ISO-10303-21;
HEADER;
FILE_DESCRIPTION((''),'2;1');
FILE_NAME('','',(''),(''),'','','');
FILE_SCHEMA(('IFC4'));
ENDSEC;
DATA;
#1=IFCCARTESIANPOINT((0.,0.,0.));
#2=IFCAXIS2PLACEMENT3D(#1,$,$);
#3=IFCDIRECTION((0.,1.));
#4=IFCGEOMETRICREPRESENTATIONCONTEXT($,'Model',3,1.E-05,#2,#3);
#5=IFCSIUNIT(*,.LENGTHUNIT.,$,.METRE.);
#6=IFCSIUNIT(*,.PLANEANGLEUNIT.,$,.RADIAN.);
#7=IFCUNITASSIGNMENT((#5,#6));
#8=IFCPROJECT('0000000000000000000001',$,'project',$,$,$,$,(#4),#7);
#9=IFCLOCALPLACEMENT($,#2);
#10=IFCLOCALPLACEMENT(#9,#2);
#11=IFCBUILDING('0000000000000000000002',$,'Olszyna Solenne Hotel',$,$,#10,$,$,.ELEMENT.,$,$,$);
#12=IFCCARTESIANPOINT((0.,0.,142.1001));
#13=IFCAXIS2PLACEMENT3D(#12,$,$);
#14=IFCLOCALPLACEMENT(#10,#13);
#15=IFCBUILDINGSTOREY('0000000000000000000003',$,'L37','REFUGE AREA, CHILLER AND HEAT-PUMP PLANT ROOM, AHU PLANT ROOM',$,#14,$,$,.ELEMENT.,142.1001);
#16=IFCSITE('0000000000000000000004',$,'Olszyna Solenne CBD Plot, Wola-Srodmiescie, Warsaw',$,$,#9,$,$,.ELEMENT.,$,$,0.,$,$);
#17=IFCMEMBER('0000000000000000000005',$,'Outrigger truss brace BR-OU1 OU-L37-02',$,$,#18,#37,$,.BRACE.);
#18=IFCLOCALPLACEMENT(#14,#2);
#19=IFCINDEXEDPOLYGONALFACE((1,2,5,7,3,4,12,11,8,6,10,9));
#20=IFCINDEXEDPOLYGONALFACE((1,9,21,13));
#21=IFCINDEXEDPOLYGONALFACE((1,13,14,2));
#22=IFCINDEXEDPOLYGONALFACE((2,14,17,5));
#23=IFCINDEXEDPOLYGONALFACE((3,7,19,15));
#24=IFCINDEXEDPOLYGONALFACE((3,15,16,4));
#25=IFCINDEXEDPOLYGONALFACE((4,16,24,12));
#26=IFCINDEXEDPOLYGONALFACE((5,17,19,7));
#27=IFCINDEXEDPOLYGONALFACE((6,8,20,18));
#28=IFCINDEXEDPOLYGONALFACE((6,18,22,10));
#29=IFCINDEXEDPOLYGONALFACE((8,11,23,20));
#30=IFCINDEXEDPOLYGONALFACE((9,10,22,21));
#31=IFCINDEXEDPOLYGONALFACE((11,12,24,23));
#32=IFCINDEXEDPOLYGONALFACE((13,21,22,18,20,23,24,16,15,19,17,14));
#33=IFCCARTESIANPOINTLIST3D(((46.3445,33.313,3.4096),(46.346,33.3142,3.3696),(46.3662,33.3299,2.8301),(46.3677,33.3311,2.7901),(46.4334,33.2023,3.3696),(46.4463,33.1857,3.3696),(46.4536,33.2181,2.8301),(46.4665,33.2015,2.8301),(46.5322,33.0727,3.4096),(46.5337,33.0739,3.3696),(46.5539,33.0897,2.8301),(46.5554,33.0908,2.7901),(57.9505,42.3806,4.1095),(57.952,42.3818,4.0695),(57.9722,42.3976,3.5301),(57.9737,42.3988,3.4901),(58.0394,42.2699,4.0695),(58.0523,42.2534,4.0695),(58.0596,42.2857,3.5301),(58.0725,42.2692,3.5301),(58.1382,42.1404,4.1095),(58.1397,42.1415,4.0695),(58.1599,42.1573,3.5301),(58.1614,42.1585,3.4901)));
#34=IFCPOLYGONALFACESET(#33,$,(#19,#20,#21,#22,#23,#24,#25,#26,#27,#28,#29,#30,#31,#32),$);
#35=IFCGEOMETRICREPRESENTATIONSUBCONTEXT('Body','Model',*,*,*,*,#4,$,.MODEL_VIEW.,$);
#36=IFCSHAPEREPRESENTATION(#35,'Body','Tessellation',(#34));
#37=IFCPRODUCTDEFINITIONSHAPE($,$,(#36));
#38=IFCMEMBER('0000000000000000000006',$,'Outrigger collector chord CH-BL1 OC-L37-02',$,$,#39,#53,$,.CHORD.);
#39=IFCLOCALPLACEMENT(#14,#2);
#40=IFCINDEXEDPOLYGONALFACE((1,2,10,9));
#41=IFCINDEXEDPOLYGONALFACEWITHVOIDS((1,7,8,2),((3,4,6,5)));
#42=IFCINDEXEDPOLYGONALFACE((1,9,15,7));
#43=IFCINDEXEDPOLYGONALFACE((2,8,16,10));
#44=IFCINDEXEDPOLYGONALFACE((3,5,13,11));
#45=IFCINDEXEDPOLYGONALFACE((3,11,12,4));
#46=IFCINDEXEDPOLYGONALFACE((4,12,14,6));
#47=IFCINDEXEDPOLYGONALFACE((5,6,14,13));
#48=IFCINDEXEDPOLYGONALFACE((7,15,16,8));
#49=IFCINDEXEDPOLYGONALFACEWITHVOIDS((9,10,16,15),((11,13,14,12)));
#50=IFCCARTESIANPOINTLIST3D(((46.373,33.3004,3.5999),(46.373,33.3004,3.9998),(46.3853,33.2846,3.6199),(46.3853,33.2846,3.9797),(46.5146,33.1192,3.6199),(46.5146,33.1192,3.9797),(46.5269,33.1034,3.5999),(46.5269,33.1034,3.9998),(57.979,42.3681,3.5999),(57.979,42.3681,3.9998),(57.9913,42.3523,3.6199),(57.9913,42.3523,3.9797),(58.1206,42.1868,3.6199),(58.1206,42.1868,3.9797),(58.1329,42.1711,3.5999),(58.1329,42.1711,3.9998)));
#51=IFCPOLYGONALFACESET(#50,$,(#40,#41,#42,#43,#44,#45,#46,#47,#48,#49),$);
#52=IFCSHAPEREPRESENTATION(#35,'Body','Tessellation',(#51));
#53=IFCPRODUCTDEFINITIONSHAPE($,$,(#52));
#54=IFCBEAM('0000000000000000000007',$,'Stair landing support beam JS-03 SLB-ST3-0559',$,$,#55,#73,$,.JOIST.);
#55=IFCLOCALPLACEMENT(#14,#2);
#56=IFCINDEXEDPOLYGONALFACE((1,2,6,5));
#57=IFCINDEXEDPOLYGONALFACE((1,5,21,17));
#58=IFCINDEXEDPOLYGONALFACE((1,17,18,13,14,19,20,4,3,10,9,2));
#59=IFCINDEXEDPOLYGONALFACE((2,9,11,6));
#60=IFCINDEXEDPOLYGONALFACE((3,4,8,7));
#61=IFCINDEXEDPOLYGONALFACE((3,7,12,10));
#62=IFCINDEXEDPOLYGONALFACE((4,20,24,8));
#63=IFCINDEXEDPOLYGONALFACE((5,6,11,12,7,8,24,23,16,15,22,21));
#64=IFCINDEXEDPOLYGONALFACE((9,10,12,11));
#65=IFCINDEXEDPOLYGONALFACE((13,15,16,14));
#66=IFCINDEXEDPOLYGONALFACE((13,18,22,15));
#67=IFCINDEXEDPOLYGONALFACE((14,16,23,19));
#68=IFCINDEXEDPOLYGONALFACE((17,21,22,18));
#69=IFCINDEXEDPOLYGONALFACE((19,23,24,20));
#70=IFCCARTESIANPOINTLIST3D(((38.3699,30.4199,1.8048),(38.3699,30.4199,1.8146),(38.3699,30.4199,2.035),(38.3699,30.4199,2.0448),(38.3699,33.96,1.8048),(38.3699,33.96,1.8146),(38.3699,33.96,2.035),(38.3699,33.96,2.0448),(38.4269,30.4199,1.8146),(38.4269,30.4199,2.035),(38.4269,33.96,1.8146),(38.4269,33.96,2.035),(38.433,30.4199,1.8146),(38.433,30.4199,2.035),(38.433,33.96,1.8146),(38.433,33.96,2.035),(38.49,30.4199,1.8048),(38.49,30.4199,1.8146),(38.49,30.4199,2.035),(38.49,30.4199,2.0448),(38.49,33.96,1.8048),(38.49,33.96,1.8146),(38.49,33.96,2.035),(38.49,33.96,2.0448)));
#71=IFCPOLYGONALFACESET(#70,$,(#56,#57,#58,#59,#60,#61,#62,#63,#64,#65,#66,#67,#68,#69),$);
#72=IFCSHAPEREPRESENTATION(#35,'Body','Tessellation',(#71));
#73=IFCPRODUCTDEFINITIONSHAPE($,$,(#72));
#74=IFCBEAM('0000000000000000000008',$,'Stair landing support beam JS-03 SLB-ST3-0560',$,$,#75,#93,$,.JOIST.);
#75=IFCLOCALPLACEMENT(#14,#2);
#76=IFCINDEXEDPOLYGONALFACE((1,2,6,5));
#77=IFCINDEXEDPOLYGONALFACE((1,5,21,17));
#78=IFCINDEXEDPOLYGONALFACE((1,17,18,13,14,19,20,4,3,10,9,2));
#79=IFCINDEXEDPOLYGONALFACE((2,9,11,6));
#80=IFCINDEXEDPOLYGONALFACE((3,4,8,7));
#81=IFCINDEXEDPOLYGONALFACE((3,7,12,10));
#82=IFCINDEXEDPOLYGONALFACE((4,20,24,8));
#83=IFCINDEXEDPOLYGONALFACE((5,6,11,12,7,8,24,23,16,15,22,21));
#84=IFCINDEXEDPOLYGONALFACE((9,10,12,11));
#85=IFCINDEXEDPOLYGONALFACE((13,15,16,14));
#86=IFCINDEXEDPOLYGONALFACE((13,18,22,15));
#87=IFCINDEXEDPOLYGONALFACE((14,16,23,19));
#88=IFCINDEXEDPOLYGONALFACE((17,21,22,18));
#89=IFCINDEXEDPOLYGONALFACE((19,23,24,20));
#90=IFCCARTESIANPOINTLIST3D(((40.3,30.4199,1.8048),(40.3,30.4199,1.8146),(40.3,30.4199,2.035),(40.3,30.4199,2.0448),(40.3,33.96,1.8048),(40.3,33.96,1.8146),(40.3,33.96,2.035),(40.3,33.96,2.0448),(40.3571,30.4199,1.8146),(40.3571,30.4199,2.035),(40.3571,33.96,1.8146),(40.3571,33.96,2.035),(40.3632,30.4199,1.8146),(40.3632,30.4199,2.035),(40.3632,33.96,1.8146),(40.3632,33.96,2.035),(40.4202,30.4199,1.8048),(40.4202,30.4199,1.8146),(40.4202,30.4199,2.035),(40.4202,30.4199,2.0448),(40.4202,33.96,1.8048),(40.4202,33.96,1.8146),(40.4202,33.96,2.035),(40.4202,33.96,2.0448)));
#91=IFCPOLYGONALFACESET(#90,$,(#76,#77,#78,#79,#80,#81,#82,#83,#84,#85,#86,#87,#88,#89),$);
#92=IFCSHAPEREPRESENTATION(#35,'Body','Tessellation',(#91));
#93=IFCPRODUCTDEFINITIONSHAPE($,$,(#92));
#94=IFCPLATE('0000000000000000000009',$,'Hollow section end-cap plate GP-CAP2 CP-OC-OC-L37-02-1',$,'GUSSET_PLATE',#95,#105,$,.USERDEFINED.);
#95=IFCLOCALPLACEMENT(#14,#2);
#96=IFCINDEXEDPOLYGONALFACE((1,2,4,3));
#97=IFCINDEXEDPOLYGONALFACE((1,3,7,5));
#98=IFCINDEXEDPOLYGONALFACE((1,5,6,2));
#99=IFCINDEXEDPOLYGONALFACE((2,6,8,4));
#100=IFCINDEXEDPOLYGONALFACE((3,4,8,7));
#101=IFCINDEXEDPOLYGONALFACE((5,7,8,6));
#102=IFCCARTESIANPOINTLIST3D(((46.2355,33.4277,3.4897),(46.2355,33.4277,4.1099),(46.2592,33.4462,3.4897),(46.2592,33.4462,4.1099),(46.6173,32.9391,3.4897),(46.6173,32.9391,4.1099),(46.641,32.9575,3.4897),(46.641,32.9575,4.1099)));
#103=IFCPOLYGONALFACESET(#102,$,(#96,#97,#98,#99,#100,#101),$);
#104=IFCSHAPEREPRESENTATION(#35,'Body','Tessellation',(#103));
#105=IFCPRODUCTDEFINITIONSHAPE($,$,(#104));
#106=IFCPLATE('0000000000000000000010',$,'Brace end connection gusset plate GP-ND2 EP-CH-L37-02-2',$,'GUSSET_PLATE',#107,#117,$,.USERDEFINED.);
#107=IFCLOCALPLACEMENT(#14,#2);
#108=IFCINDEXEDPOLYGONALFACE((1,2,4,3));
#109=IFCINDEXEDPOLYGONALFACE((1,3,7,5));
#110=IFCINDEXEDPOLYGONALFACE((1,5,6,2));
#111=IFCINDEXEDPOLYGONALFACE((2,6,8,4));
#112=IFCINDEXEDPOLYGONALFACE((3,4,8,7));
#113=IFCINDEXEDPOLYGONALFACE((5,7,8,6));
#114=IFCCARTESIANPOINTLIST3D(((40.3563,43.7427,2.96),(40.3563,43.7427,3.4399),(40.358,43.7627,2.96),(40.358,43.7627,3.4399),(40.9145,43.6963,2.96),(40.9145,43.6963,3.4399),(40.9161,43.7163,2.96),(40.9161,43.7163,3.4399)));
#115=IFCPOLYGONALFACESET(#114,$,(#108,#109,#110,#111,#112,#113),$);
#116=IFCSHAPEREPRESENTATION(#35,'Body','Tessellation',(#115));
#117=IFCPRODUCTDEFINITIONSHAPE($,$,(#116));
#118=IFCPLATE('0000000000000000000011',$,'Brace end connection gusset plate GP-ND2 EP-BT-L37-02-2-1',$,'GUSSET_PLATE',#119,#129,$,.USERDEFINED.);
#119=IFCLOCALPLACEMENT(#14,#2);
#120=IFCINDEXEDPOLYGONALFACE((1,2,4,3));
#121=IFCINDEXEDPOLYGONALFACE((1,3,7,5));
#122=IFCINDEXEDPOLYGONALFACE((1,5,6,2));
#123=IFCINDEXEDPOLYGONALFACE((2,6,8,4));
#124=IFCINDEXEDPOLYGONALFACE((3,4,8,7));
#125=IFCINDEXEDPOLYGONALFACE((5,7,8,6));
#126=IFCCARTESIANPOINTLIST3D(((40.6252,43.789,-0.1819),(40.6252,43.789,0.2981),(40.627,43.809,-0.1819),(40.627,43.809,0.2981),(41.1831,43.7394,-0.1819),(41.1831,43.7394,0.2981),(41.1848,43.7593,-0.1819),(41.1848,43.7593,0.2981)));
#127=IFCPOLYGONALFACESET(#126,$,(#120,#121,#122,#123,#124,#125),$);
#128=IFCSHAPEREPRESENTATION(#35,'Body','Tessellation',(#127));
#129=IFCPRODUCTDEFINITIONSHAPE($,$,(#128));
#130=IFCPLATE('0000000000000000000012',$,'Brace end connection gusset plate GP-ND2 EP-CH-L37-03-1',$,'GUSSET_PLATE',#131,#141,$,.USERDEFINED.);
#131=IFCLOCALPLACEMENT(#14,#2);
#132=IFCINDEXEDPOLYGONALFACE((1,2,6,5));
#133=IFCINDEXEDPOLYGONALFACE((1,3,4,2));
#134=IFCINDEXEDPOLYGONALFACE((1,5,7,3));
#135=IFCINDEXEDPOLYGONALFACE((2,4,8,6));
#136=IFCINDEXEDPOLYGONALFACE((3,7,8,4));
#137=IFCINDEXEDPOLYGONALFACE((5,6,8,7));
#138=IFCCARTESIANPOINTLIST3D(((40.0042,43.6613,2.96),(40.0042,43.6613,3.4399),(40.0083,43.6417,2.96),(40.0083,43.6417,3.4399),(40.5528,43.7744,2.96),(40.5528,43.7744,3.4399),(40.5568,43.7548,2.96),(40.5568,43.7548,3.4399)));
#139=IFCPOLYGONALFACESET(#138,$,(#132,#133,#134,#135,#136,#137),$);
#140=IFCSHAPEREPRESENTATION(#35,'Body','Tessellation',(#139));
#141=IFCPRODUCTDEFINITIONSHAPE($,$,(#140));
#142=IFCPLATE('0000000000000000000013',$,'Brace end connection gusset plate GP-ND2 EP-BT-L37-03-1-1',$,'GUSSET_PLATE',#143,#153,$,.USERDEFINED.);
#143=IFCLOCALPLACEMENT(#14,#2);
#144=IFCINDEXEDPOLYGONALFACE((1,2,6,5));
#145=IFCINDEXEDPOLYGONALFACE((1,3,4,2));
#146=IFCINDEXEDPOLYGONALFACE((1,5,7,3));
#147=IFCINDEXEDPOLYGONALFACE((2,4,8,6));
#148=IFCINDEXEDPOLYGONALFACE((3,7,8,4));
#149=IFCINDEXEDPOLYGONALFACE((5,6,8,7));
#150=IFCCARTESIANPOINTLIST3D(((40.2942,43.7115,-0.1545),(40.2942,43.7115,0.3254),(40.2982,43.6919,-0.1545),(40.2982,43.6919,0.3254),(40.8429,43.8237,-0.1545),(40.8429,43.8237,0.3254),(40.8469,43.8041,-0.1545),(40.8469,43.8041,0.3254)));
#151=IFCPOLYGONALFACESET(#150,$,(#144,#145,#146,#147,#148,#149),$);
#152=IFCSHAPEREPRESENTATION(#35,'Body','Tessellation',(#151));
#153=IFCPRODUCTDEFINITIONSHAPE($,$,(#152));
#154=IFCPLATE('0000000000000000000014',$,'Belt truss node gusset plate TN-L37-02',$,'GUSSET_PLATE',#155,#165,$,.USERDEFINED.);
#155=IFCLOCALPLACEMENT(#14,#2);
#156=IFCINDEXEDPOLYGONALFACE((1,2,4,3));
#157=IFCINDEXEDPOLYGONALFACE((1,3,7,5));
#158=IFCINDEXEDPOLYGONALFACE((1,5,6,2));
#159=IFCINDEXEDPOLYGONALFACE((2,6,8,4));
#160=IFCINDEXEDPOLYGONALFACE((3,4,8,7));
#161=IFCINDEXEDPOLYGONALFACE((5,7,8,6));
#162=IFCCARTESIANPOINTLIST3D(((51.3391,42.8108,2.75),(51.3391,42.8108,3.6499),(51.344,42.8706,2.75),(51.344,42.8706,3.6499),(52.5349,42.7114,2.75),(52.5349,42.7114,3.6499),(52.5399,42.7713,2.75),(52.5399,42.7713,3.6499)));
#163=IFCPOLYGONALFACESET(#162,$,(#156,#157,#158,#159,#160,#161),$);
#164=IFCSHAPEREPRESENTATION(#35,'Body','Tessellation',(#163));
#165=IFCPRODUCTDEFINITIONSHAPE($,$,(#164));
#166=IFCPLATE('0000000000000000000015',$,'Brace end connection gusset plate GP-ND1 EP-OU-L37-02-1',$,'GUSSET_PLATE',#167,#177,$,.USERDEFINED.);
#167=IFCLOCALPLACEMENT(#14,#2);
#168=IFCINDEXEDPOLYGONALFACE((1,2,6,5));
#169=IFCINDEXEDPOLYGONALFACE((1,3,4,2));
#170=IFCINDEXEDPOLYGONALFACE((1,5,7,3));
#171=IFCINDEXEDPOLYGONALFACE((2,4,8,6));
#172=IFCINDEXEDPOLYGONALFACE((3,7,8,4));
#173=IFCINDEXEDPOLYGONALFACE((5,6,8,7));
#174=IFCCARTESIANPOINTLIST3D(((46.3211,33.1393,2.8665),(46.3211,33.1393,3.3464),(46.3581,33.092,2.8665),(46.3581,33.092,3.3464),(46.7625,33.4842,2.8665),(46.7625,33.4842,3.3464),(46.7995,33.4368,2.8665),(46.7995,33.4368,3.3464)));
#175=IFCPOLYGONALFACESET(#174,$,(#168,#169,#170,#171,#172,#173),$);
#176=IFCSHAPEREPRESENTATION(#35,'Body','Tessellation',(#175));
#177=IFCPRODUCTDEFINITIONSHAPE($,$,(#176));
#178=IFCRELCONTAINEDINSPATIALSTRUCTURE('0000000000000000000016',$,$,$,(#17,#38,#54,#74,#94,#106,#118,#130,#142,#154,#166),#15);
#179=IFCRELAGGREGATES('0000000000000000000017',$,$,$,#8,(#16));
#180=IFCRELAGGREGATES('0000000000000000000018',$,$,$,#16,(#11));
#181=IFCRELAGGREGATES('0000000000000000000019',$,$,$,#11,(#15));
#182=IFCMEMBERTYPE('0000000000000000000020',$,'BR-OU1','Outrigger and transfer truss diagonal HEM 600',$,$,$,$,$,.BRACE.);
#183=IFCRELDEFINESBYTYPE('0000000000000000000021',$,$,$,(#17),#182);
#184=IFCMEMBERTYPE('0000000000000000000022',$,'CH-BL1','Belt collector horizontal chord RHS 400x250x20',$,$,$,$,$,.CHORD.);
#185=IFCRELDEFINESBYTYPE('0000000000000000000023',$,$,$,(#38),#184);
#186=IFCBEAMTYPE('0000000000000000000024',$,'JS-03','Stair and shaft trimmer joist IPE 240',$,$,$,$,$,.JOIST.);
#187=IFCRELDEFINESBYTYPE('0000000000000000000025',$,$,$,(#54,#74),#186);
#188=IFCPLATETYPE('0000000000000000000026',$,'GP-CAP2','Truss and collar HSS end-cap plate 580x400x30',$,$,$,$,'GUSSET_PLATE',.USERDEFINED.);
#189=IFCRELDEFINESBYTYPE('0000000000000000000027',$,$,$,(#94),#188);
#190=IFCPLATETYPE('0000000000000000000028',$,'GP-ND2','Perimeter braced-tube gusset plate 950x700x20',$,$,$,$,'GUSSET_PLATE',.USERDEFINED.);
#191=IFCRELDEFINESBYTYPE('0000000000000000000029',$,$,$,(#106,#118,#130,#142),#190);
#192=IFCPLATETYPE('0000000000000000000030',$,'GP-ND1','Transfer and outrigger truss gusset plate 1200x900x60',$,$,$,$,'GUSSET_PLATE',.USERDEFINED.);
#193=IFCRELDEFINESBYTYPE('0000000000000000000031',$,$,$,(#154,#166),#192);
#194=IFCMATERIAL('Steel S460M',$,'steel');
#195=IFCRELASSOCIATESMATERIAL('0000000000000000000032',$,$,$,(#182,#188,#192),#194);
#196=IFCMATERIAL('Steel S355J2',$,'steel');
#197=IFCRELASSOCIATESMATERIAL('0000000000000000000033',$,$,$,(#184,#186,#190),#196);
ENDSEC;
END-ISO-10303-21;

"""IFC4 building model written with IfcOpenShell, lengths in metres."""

from ifc_helpers import new_model, si_unit, direction, frame, origin, origin_2d, place, context, subcontext, project, spatial, rectangle, hollow_rectangle, i_section, extrude, source, transform, mapped, material, material_profile, profile_set, type_object, element, save


model = new_model("IFC4")

# Units and contexts
model_context = context("Model", 3, precision=1e-05, world=origin(), true_north=direction((0.0, 1.0)))
body_context = subcontext(model_context, "Body", "Model", "MODEL_VIEW")
ifc_project = project(units=[si_unit("LENGTHUNIT", "METRE"), si_unit("PLANEANGLEUNIT", "RADIAN")], contexts=[model_context])

# Site, building, storey
site_placement = place(None, origin())
site = spatial("IfcSite", under=ifc_project, at=site_placement, Name="Olszyna Solenne CBD Plot, Wola-Srodmiescie, Warsaw", CompositionType="ELEMENT", RefElevation=0.0)
building_placement = place(site_placement, origin())
building = spatial("IfcBuilding", under=site, at=building_placement, Name="Olszyna Solenne Hotel", CompositionType="ELEMENT")
storey_placement = place(building_placement, frame((0.0, 0.0, 142.1001)))
storey = spatial("IfcBuildingStorey", under=building, at=storey_placement, Name="L37", Description="REFUGE AREA, CHILLER AND HEAT-PUMP PLANT ROOM, AHU PLANT ROOM", CompositionType="ELEMENT", Elevation=142.1001)

# Shared definitions
ifc_material_1 = material(Name="Steel S460M", Category="steel")

# Shared definitions
ifc_material_2 = material(Name="Steel S355J2", Category="steel")

# Members
ifc_material_profile_1 = material_profile(ifc_material_1, i_section(OverallWidth=0.3049, OverallDepth=0.6201, WebThickness=0.021, FlangeThickness=0.04, at=origin_2d()), Name="HEM 600", Category="load-bearing")
ifc_profile_set_1 = profile_set([ifc_material_profile_1], Name="Steel S460M")
member_type_1 = type_object("IfcMemberType", Name="BR-OU1", Description="Outrigger and transfer truss diagonal HEM 600", PredefinedType="BRACE", material=ifc_profile_set_1)
shared_shape_1 = source(origin(), body_context, "Body", "SweptSolid", [
    extrude(i_section(OverallWidth=0.3049, OverallDepth=0.6201, WebThickness=0.021, FlangeThickness=0.04, at=origin_2d()), origin(), (0.0, 0.0, 1.0), 14.7449),
])
member_1_placement = place(storey_placement, frame((46.45, 33.2019, 3.0999), z_axis=(0.78712, 0.61497, 0.047471), x_axis=(-0.615664, 0.788009, 0.0)))
element("IfcMember", 1, at=member_1_placement, inside=storey, type_object=member_type_1, Name="Outrigger truss brace BR-OU1 OU-L37-02", PredefinedType="BRACE", context=body_context, shape_type="MappedRepresentation", body=[
    mapped(shared_shape_1, transform((0.0, 0.0, 0.0), x_axis=(1.0, 0.0, 0.0), y_axis=(0.0, 1.0, 0.0), z_axis=(0.0, 0.0, 1.0), scale=1.0)),
])
ifc_material_profile_2 = material_profile(ifc_material_2, hollow_rectangle(XDim=0.25, YDim=0.3999, WallThickness=0.02, at=origin_2d()), Name="RHS 400x250x20", Category="load-bearing")
ifc_profile_set_2 = profile_set([ifc_material_profile_2], Name="Steel S355J2")
member_type_2 = type_object("IfcMemberType", Name="CH-BL1", Description="Belt collector horizontal chord RHS 400x250x20", PredefinedType="CHORD", material=ifc_profile_set_2)
shared_shape_2 = source(origin(), body_context, "Body", "SweptSolid", [
    extrude(hollow_rectangle(XDim=0.25, YDim=0.3999, WallThickness=0.02, at=origin_2d()), origin(), (0.0, 0.0, 1.0), 14.7283),
])
member_2_placement = place(storey_placement, frame((46.45, 33.2019, 3.7998), z_axis=(0.788009, 0.615664, 0.0), x_axis=(-0.615664, 0.788009, 0.0)))
element("IfcMember", 2, at=member_2_placement, inside=storey, type_object=member_type_2, Name="Outrigger collector chord CH-BL1 OC-L37-02", PredefinedType="CHORD", context=body_context, shape_type="MappedRepresentation", body=[
    mapped(shared_shape_2, transform((0.0, 0.0, 0.0), x_axis=(1.0, 0.0, 0.0), y_axis=(0.0, 1.0, 0.0), z_axis=(0.0, 0.0, 1.0), scale=1.0)),
])

# Beams
ifc_material_profile_3 = material_profile(ifc_material_2, i_section(OverallWidth=0.1201, OverallDepth=0.24, WebThickness=0.0061, FlangeThickness=0.0098, at=origin_2d()), Name="IPE 240", Category="load-bearing")
ifc_profile_set_3 = profile_set([ifc_material_profile_3], Name="Steel S355J2")
beam_type_1 = type_object("IfcBeamType", Name="JS-03", Description="Stair and shaft trimmer joist IPE 240", PredefinedType="JOIST", material=ifc_profile_set_3)
shared_shape_3 = source(origin(), body_context, "Body", "SweptSolid", [
    extrude(i_section(OverallWidth=0.1201, OverallDepth=0.24, WebThickness=0.0061, FlangeThickness=0.0098, at=origin_2d()), origin(), (0.0, 0.0, 1.0), 3.54),
])
for number, where, z_axis, x_axis, name in (
    (3, (38.4299, 30.4199, 1.9248), (0.0, 1.0, 0.0), (-1.0, 0.0, 0.0), "Stair landing support beam JS-03 SLB-ST3-0559"),
    (4, (40.3601, 30.4199, 1.9248), (0.0, 1.0, 0.0), (-1.0, 0.0, 0.0), "Stair landing support beam JS-03 SLB-ST3-0560"),
):
    element("IfcBeam", number, at=place(storey_placement, frame(where, z_axis=z_axis, x_axis=x_axis)), inside=storey, type_object=beam_type_1, Name=name, PredefinedType="JOIST", context=body_context, shape_type="MappedRepresentation", body=[
        mapped(shared_shape_3, transform((0.0, 0.0, 0.0), x_axis=(1.0, 0.0, 0.0), y_axis=(0.0, 1.0, 0.0), z_axis=(0.0, 0.0, 1.0), scale=1.0)),
    ])

# Plates
plate_type_1 = type_object("IfcPlateType", Name="GP-CAP2", Description="Truss and collar HSS end-cap plate 580x400x30", ElementType="GUSSET_PLATE", PredefinedType="USERDEFINED", material=ifc_material_1)
shared_shape_4 = source(origin(), body_context, "Body", "SweptSolid", [
    extrude(rectangle(XDim=0.03, YDim=0.6201, at=origin_2d()), origin(), (0.0, 0.0, 1.0), 0.6201),
])
plate_1_placement = place(storey_placement, frame((46.4382, 33.1926, 3.4897), z_axis=(0.0, 0.0, 1.0), x_axis=(0.788011, 0.615661, 0.0)))
element("IfcPlate", 5, at=plate_1_placement, inside=storey, type_object=plate_type_1, Name="Hollow section end-cap plate GP-CAP2 CP-OC-OC-L37-02-1", ObjectType="GUSSET_PLATE", PredefinedType="USERDEFINED", context=body_context, shape_type="MappedRepresentation", body=[
    mapped(shared_shape_4, transform((0.0, 0.0, 0.0), x_axis=(1.0, 0.0, 0.0), y_axis=(0.0, 1.0, 0.0), z_axis=(0.0, 0.0, 1.0), scale=1.0)),
])
plate_type_2 = type_object("IfcPlateType", Name="GP-ND2", Description="Perimeter braced-tube gusset plate 950x700x20", ElementType="GUSSET_PLATE", PredefinedType="USERDEFINED", material=ifc_material_2)
shared_shape_5 = source(origin(), body_context, "Body", "SweptSolid", [
    extrude(rectangle(XDim=0.5601, YDim=0.02, at=origin_2d()), origin(), (0.0, 0.0, 1.0), 0.48),
])
for number, where, z_axis, x_axis, name in (
    (6, (40.6362, 43.7295, 2.96), (0.0, 0.0, 1.0), (-0.996566, 0.082808, 0.0), "Brace end connection gusset plate GP-ND2 EP-CH-L37-02-2"),
    (7, (40.905, 43.7742, -0.1819), (0.0, 0.0, 1.0), (0.996057, -0.08872, 0.0), "Brace end connection gusset plate GP-ND2 EP-BT-L37-02-2-1"),
    (8, (40.2805, 43.708, 2.96), (0.0, 0.0, 1.0), (-0.979399, -0.201933, 0.0), "Brace end connection gusset plate GP-ND2 EP-CH-L37-03-1"),
    (9, (40.5706, 43.7578, -0.1545), (0.0, 0.0, 1.0), (-0.979715, -0.200394, 0.0), "Brace end connection gusset plate GP-ND2 EP-BT-L37-03-1-1"),
):
    element("IfcPlate", number, at=place(storey_placement, frame(where, z_axis=z_axis, x_axis=x_axis)), inside=storey, type_object=plate_type_2, Name=name, ObjectType="GUSSET_PLATE", PredefinedType="USERDEFINED", context=body_context, shape_type="MappedRepresentation", body=[
        mapped(shared_shape_5, transform((0.0, 0.0, 0.0), x_axis=(1.0, 0.0, 0.0), y_axis=(0.0, 1.0, 0.0), z_axis=(0.0, 0.0, 1.0), scale=1.0)),
    ])
plate_type_3 = type_object("IfcPlateType", Name="GP-ND1", Description="Transfer and outrigger truss gusset plate 1200x900x60", ElementType="GUSSET_PLATE", PredefinedType="USERDEFINED", material=ifc_material_1)
shared_shape_6 = source(origin(), body_context, "Body", "SweptSolid", [
    extrude(rectangle(XDim=1.2, YDim=0.0601, at=origin_2d()), origin(), (0.0, 0.0, 1.0), 0.8999),
])
plate_2_placement = place(storey_placement, frame((51.9395, 42.791, 2.75), z_axis=(0.0, 0.0, 1.0), x_axis=(-0.996566, 0.082808, 0.0)))
element("IfcPlate", 10, at=plate_2_placement, inside=storey, type_object=plate_type_3, Name="Belt truss node gusset plate TN-L37-02", ObjectType="GUSSET_PLATE", PredefinedType="USERDEFINED", context=body_context, shape_type="MappedRepresentation", body=[
    mapped(shared_shape_6, transform((0.0, 0.0, 0.0), x_axis=(1.0, 0.0, 0.0), y_axis=(0.0, 1.0, 0.0), z_axis=(0.0, 0.0, 1.0), scale=1.0)),
])
shared_shape_7 = source(origin(), body_context, "Body", "SweptSolid", [
    extrude(rectangle(XDim=0.5601, YDim=0.0601, at=origin_2d()), origin(), (0.0, 0.0, 1.0), 0.48),
])
for number, where, z_axis, x_axis, name in (
    (11, (46.5603, 33.2881, 2.8665), (0.0, 0.0, 1.0), (0.788011, 0.615661, 0.0), "Brace end connection gusset plate GP-ND1 EP-OU-L37-02-1"),
):
    element("IfcPlate", number, at=place(storey_placement, frame(where, z_axis=z_axis, x_axis=x_axis)), inside=storey, type_object=plate_type_3, Name=name, ObjectType="GUSSET_PLATE", PredefinedType="USERDEFINED", context=body_context, shape_type="MappedRepresentation", body=[
        mapped(shared_shape_7, transform((0.0, 0.0, 0.0), x_axis=(1.0, 0.0, 0.0), y_axis=(0.0, 1.0, 0.0), z_axis=(0.0, 0.0, 1.0), scale=1.0)),
    ])

save(model, "model.ifc")
